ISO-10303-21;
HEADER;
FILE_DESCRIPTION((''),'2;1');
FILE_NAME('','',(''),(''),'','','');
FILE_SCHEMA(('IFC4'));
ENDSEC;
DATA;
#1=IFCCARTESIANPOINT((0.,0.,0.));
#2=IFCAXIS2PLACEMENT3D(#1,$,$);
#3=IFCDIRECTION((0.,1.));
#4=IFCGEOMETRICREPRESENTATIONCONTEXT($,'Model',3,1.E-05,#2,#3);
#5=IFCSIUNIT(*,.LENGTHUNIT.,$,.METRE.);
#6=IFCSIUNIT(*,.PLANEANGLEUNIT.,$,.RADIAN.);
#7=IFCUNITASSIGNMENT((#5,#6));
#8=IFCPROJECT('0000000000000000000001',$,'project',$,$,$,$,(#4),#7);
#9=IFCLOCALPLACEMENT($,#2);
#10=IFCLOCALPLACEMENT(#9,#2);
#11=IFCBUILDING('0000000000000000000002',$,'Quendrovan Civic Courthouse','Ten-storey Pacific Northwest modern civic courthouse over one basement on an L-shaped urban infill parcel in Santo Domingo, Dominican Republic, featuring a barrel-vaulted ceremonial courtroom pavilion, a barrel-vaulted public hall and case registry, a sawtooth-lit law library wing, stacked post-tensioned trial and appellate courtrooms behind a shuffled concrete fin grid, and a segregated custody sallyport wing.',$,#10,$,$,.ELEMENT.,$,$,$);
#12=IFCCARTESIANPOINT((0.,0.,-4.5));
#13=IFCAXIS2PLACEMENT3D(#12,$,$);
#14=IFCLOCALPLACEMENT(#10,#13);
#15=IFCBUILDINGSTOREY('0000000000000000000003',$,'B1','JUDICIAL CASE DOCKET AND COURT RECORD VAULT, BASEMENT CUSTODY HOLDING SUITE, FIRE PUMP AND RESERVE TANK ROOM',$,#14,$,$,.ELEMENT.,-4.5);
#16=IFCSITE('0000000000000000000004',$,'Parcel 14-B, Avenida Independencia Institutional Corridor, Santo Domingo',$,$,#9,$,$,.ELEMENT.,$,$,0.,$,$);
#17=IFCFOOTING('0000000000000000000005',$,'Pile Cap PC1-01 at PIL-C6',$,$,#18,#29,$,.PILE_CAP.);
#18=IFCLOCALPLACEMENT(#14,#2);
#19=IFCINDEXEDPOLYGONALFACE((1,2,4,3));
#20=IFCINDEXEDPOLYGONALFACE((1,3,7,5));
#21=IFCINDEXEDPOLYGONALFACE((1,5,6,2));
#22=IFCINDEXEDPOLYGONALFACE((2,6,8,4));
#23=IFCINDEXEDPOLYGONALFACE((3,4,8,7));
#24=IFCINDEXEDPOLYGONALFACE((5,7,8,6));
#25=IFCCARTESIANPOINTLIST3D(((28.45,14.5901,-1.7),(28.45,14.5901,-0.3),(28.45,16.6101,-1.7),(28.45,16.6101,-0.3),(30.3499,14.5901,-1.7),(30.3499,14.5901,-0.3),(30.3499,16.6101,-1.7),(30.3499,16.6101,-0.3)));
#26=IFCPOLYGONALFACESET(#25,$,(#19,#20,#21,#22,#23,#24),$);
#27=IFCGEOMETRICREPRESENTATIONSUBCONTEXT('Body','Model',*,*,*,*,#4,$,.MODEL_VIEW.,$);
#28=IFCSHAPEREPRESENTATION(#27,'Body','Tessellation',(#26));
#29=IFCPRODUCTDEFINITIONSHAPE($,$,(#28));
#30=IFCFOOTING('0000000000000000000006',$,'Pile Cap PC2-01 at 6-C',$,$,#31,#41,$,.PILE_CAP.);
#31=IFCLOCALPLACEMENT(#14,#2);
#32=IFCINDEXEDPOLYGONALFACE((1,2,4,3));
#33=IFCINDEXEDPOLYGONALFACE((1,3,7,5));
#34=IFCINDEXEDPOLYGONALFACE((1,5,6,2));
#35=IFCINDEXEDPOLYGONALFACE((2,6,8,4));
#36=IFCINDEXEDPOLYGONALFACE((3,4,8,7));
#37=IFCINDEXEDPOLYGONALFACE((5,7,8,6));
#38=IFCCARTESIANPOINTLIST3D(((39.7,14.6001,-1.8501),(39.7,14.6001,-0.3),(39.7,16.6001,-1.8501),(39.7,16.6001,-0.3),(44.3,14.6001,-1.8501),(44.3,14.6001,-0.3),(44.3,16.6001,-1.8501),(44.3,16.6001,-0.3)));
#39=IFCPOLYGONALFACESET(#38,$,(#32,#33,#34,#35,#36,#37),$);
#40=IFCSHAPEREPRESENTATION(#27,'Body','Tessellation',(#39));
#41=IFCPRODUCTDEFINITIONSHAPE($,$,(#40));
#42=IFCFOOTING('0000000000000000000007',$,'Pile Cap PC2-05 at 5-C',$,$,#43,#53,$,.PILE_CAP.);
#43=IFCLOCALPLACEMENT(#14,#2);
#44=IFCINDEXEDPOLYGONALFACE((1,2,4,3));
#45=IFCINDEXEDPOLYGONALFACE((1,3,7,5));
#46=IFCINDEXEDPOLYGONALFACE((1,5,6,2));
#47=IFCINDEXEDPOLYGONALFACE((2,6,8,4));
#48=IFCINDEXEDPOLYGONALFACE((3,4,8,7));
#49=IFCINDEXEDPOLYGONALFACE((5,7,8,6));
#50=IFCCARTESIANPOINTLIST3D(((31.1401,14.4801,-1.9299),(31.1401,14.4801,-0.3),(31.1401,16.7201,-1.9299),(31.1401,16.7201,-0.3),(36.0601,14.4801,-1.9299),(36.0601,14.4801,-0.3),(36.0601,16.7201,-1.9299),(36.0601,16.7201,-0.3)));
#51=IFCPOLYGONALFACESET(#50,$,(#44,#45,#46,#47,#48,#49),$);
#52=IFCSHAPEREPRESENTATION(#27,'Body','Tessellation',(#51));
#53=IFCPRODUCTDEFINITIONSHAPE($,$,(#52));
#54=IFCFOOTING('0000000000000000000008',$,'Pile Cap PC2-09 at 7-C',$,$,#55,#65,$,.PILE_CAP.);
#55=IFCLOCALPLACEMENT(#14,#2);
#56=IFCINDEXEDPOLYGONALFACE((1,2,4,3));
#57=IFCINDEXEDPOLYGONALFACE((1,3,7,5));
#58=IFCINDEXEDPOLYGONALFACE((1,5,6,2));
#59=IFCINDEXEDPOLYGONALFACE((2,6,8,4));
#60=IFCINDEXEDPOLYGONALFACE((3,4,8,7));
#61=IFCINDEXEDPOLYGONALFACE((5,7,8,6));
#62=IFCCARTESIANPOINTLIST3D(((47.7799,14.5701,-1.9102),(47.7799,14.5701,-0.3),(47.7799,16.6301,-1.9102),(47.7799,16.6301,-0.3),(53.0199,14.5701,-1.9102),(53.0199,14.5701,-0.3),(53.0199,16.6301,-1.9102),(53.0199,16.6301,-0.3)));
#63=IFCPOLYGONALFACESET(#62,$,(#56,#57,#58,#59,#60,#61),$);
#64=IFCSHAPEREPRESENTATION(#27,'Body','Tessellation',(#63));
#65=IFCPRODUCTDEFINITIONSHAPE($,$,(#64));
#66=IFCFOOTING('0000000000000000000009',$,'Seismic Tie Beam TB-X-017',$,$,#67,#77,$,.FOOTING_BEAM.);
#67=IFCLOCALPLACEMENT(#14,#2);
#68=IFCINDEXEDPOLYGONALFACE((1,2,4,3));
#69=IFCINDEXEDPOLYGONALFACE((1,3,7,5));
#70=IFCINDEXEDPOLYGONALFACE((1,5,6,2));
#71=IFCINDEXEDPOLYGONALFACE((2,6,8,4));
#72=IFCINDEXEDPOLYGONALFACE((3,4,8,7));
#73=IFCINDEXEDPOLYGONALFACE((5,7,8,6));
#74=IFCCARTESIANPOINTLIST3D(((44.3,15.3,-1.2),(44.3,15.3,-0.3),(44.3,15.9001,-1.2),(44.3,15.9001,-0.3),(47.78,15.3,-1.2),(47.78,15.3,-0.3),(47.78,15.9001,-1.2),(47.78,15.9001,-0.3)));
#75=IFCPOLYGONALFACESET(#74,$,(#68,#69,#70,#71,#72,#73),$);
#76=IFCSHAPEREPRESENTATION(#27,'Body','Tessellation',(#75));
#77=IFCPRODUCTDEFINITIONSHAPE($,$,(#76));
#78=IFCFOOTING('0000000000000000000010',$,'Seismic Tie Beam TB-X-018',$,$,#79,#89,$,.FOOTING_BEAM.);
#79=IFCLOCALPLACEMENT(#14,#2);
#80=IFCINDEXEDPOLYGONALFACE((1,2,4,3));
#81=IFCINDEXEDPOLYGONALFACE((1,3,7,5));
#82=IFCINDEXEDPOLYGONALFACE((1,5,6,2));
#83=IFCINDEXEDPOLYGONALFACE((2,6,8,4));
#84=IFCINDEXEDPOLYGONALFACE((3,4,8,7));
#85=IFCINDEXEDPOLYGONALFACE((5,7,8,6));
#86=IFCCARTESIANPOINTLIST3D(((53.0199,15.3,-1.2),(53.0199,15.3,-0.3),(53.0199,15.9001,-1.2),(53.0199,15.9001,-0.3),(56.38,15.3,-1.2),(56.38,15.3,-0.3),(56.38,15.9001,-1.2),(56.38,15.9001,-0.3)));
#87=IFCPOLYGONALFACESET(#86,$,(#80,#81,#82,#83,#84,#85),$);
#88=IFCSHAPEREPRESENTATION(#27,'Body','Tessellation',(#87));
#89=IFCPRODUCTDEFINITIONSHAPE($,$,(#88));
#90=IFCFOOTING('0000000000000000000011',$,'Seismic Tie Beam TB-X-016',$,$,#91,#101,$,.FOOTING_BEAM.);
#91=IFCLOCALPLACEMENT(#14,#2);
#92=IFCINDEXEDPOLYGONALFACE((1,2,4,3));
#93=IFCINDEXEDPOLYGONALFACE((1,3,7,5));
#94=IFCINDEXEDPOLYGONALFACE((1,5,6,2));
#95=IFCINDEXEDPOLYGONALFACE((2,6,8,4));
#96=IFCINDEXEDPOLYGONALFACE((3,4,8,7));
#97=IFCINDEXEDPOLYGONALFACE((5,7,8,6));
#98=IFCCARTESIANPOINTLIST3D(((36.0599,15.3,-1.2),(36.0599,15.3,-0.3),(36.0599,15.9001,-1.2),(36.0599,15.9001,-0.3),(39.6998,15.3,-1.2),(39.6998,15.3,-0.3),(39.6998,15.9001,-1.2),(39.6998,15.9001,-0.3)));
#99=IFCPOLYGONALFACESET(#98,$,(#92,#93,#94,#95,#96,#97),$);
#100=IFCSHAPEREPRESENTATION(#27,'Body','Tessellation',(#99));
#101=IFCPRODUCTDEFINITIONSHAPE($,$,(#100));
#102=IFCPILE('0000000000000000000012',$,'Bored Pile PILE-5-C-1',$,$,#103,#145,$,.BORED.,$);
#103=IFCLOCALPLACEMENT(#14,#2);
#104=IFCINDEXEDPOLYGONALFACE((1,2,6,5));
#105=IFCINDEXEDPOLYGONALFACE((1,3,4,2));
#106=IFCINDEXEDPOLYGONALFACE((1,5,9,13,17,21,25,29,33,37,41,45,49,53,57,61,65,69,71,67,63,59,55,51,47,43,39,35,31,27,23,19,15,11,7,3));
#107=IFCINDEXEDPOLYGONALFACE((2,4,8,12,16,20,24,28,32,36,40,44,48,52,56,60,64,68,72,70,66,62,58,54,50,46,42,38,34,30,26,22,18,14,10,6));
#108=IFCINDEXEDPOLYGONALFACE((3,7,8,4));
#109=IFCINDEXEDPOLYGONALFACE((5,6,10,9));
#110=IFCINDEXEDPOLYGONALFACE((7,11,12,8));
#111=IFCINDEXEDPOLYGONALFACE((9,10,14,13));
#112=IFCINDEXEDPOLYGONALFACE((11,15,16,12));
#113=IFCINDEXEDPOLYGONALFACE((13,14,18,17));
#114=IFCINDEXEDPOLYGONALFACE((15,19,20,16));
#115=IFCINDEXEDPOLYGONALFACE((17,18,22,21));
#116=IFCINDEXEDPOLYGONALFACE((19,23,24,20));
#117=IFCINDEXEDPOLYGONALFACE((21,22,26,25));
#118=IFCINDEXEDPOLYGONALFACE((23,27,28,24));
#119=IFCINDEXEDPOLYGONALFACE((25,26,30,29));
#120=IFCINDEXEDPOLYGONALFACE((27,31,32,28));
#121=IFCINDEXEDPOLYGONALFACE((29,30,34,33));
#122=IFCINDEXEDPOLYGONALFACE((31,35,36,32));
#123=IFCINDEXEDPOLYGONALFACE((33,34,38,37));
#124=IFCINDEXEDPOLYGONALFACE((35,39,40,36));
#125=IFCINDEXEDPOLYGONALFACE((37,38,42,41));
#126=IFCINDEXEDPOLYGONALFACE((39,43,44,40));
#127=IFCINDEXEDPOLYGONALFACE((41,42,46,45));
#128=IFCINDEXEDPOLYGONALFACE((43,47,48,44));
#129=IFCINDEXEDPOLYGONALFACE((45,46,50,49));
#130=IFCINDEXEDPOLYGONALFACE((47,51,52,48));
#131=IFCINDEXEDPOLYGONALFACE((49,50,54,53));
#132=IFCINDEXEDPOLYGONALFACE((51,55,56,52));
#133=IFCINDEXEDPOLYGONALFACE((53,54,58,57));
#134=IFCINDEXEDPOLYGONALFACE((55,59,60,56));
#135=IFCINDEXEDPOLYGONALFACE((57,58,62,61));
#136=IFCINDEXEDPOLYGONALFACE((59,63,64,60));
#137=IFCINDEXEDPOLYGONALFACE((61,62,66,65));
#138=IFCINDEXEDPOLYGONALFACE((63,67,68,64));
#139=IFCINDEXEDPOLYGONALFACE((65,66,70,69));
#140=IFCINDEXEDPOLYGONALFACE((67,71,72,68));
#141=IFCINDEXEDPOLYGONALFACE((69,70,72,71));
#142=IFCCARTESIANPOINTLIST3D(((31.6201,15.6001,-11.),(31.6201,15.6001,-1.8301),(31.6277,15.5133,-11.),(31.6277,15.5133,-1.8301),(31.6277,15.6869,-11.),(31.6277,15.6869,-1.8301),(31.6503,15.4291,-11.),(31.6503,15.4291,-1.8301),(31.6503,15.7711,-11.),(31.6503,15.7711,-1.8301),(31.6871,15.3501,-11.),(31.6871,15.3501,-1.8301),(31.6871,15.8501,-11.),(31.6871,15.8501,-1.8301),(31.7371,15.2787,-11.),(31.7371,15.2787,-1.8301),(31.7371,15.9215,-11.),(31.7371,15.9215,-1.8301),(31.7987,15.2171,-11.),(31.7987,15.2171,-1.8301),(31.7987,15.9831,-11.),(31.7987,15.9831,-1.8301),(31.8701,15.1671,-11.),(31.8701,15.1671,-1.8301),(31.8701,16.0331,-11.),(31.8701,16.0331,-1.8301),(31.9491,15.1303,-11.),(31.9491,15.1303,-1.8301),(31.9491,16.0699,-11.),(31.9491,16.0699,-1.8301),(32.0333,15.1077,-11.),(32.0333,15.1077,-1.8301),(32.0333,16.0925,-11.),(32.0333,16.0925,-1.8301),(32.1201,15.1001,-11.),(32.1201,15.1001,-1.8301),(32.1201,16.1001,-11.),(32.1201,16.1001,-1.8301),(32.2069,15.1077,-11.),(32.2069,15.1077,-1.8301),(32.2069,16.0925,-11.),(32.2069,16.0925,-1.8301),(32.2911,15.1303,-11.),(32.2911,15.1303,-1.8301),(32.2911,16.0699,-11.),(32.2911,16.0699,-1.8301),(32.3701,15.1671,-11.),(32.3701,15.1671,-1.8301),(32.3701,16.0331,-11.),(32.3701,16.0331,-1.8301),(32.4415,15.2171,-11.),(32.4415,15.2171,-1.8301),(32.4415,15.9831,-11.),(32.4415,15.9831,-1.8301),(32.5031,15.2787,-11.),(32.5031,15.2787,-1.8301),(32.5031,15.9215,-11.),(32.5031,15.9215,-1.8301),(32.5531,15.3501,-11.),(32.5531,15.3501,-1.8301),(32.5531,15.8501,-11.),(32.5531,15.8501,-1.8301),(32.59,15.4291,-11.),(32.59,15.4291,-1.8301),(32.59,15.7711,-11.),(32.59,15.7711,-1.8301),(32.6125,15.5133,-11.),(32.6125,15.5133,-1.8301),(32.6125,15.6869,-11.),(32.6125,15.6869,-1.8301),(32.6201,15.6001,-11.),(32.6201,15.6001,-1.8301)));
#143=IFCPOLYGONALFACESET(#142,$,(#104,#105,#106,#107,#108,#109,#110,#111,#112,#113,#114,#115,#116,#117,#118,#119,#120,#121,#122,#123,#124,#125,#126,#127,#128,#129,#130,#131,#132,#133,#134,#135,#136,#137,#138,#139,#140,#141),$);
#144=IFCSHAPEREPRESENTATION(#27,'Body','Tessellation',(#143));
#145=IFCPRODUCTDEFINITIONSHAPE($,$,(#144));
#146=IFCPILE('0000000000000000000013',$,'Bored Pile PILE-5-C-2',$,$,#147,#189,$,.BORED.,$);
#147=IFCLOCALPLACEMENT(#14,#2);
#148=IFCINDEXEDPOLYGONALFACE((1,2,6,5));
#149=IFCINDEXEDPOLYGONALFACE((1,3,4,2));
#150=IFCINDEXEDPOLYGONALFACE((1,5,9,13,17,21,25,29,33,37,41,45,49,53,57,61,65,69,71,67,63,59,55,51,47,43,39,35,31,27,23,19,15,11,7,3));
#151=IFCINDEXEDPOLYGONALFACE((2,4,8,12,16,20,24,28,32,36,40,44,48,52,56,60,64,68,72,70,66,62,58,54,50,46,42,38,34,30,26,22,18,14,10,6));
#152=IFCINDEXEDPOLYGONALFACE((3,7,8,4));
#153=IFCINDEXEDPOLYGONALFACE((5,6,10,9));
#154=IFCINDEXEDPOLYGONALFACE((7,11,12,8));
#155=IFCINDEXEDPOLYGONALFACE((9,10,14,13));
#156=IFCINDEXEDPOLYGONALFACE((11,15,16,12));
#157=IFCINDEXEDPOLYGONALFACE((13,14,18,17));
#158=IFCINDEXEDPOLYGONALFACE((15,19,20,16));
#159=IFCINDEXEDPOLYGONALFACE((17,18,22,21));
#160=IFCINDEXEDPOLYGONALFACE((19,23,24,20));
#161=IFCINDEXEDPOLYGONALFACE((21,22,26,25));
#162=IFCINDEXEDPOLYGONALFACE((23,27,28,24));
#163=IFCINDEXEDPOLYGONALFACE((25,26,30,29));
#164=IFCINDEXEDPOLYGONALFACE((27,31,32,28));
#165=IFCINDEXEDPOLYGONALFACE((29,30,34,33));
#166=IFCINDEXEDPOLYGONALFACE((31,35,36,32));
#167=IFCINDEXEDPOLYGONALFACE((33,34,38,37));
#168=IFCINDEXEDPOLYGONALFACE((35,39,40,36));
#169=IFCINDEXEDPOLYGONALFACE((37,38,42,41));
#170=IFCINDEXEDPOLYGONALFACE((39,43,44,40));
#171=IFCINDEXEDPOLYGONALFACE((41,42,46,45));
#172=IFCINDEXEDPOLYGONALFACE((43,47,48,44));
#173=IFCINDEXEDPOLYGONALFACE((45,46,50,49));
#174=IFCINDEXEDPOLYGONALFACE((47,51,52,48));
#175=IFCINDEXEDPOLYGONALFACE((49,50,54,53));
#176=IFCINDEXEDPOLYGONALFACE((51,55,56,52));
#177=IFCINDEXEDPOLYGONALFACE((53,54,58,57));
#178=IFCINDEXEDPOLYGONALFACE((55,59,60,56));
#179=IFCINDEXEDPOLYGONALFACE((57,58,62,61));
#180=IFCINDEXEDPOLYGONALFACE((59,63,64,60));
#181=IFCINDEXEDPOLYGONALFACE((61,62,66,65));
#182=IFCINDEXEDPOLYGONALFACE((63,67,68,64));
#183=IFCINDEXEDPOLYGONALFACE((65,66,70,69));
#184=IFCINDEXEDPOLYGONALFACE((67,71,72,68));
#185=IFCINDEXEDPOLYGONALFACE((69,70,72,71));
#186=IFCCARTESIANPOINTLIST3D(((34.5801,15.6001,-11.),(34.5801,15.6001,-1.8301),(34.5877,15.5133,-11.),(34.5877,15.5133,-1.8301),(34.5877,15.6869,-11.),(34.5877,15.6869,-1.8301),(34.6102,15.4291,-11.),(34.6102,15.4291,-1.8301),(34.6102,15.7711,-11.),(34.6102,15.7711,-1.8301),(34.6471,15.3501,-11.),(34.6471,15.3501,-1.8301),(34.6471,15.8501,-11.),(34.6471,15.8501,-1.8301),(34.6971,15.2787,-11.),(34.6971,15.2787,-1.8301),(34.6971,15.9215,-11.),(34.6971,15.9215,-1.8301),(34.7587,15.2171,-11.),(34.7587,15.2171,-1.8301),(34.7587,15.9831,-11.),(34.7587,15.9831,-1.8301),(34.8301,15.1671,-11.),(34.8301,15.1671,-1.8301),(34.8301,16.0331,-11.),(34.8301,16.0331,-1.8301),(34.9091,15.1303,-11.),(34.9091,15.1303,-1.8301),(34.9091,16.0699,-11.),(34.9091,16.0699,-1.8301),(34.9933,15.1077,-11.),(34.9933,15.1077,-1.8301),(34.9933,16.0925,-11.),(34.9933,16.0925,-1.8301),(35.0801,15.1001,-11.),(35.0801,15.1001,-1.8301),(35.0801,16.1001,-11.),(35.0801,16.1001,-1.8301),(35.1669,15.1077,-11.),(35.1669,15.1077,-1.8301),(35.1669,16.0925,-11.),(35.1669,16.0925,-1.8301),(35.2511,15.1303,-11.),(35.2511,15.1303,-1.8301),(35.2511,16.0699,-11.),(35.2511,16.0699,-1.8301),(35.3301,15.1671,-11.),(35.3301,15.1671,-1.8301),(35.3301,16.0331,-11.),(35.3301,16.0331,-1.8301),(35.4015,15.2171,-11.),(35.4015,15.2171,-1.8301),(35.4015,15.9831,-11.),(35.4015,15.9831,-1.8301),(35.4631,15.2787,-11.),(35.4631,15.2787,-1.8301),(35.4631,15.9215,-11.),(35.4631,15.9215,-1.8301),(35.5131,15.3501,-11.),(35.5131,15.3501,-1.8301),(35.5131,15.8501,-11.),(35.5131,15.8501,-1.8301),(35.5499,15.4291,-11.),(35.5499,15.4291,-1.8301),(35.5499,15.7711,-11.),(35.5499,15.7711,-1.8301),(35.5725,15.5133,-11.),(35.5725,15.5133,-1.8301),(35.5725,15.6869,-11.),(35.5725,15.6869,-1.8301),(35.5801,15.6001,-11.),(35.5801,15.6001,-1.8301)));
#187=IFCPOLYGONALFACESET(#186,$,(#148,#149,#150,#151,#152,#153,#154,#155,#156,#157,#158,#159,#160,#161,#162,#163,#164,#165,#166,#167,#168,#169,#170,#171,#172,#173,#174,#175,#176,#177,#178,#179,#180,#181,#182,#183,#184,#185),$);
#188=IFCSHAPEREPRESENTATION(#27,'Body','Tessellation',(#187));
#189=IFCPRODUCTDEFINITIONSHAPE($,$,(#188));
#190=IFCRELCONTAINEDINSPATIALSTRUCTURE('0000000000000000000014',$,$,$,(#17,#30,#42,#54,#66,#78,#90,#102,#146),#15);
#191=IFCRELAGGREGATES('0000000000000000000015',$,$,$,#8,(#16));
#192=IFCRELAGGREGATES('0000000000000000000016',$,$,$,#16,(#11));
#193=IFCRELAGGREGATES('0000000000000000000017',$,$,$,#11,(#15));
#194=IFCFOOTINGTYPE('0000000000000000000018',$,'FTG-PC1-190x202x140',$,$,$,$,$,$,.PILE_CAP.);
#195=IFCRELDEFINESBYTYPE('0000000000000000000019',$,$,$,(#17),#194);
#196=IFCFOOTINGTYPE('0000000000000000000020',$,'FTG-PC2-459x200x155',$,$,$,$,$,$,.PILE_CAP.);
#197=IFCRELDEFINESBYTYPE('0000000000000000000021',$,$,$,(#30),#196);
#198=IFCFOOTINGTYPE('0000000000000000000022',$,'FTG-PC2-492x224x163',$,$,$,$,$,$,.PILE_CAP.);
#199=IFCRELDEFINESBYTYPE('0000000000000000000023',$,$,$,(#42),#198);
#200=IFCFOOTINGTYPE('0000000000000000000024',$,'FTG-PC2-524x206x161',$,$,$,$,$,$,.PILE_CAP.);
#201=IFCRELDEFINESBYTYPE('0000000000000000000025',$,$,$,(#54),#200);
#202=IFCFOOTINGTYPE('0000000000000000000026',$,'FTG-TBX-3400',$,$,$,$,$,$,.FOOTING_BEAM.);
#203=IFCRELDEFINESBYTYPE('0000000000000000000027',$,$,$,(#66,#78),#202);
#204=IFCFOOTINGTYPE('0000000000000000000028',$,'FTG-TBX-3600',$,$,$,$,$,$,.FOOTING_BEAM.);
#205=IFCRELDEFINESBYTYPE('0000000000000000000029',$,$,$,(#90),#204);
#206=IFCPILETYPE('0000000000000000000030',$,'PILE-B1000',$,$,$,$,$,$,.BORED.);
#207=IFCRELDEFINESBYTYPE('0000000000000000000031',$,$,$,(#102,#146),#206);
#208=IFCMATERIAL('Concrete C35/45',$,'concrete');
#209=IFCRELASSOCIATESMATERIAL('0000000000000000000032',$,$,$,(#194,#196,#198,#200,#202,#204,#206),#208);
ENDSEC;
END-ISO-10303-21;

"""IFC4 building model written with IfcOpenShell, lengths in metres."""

from ifc_helpers import new_model, si_unit, direction, frame, origin, origin_2d, place, context, subcontext, project, spatial, rectangle, circle, extrude, material, material_profile, profile_set, type_object, element, save


model = new_model("IFC4")

# Units and contexts
model_context = context("Model", 3, precision=1e-05, world=origin(), true_north=direction((0.0, 1.0)))
body_context = subcontext(model_context, "Body", "Model", "MODEL_VIEW")
ifc_project = project(units=[si_unit("LENGTHUNIT", "METRE"), si_unit("PLANEANGLEUNIT", "RADIAN")], contexts=[model_context])

# Site, building, storey
site_placement = place(None, origin())
site = spatial("IfcSite", under=ifc_project, at=site_placement, Name="Parcel 14-B, Avenida Independencia Institutional Corridor, Santo Domingo", CompositionType="ELEMENT", RefElevation=0.0)
building_placement = place(site_placement, origin())
building = spatial("IfcBuilding", under=site, at=building_placement, Name="Quendrovan Civic Courthouse", Description="Ten-storey Pacific Northwest modern civic courthouse over one basement on an L-shaped urban infill parcel in Santo Domingo, Dominican Republic, featuring a barrel-vaulted ceremonial courtroom pavilion, a barrel-vaulted public hall and case registry, a sawtooth-lit law library wing, stacked post-tensioned trial and appellate courtrooms behind a shuffled concrete fin grid, and a segregated custody sallyport wing.", CompositionType="ELEMENT")
storey_placement = place(building_placement, frame((0.0, 0.0, -4.5)))
storey = spatial("IfcBuildingStorey", under=building, at=storey_placement, Name="B1", Description="JUDICIAL CASE DOCKET AND COURT RECORD VAULT, BASEMENT CUSTODY HOLDING SUITE, FIRE PUMP AND RESERVE TANK ROOM", CompositionType="ELEMENT", Elevation=-4.5)

# Footings
ifc_material_1 = material(Name="Concrete C35/45", Category="concrete")
footing_type_1 = type_object("IfcFootingType", Name="FTG-PC1-190x202x140", PredefinedType="PILE_CAP", material=ifc_material_1)
footing_1_placement = place(storey_placement, frame((29.3999, 15.6001, -1.7), z_axis=(0.0, 0.0, 1.0), x_axis=(1.0, 0.0, 0.0)))
element("IfcFooting", 1, at=footing_1_placement, inside=storey, type_object=footing_type_1, Name="Pile Cap PC1-01 at PIL-C6", PredefinedType="PILE_CAP", context=body_context, shape_type="SweptSolid", body=[
    extrude(rectangle(XDim=1.8999, YDim=2.02, at=origin_2d()), origin(), (0.0, 0.0, 1.0), 1.3999),
])
footing_type_2 = type_object("IfcFootingType", Name="FTG-PC2-459x200x155", PredefinedType="PILE_CAP", material=ifc_material_1)
footing_2_placement = place(storey_placement, frame((42.0, 15.6001, -1.8501), z_axis=(0.0, 0.0, 1.0), x_axis=(1.0, 0.0, 0.0)))
element("IfcFooting", 2, at=footing_2_placement, inside=storey, type_object=footing_type_2, Name="Pile Cap PC2-01 at 6-C", PredefinedType="PILE_CAP", context=body_context, shape_type="SweptSolid", body=[
    extrude(rectangle(XDim=4.6001, YDim=2.0, at=origin_2d()), origin(), (0.0, 0.0, 1.0), 1.55),
])
footing_type_3 = type_object("IfcFootingType", Name="FTG-PC2-492x224x163", PredefinedType="PILE_CAP", material=ifc_material_1)
footing_3_placement = place(storey_placement, frame((33.6001, 15.6001, -1.9299), z_axis=(0.0, 0.0, 1.0), x_axis=(1.0, 0.0, 0.0)))
element("IfcFooting", 3, at=footing_3_placement, inside=storey, type_object=footing_type_3, Name="Pile Cap PC2-05 at 5-C", PredefinedType="PILE_CAP", context=body_context, shape_type="SweptSolid", body=[
    extrude(rectangle(XDim=4.9199, YDim=2.24, at=origin_2d()), origin(), (0.0, 0.0, 1.0), 1.6299),
])
footing_type_4 = type_object("IfcFootingType", Name="FTG-PC2-524x206x161", PredefinedType="PILE_CAP", material=ifc_material_1)
footing_4_placement = place(storey_placement, frame((50.3999, 15.6001, -1.9102), z_axis=(0.0, 0.0, 1.0), x_axis=(1.0, 0.0, 0.0)))
element("IfcFooting", 4, at=footing_4_placement, inside=storey, type_object=footing_type_4, Name="Pile Cap PC2-09 at 7-C", PredefinedType="PILE_CAP", context=body_context, shape_type="SweptSolid", body=[
    extrude(rectangle(XDim=5.24, YDim=2.0601, at=origin_2d()), origin(), (0.0, 0.0, 1.0), 1.6101),
])
footing_type_5 = type_object("IfcFootingType", Name="FTG-TBX-3400", PredefinedType="FOOTING_BEAM", material=ifc_material_1)
footing_5_placement = place(storey_placement, frame((46.04, 15.6001, -1.2), z_axis=(0.0, 0.0, 1.0), x_axis=(1.0, 0.0, 0.0)))
element("IfcFooting", 5, at=footing_5_placement, inside=storey, type_object=footing_type_5, Name="Seismic Tie Beam TB-X-017", PredefinedType="FOOTING_BEAM", context=body_context, shape_type="SweptSolid", body=[
    extrude(rectangle(XDim=3.48, YDim=0.6001, at=origin_2d()), origin(), (0.0, 0.0, 1.0), 0.8999),
])
footing_6_placement = place(storey_placement, frame((54.7, 15.6001, -1.2), z_axis=(0.0, 0.0, 1.0), x_axis=(1.0, 0.0, 0.0)))
element("IfcFooting", 6, at=footing_6_placement, inside=storey, type_object=footing_type_5, Name="Seismic Tie Beam TB-X-018", PredefinedType="FOOTING_BEAM", context=body_context, shape_type="SweptSolid", body=[
    extrude(rectangle(XDim=3.3601, YDim=0.6001, at=origin_2d()), origin(), (0.0, 0.0, 1.0), 0.8999),
])
footing_type_6 = type_object("IfcFootingType", Name="FTG-TBX-3600", PredefinedType="FOOTING_BEAM", material=ifc_material_1)
footing_7_placement = place(storey_placement, frame((37.8799, 15.6001, -1.2), z_axis=(0.0, 0.0, 1.0), x_axis=(1.0, 0.0, 0.0)))
element("IfcFooting", 7, at=footing_7_placement, inside=storey, type_object=footing_type_6, Name="Seismic Tie Beam TB-X-016", PredefinedType="FOOTING_BEAM", context=body_context, shape_type="SweptSolid", body=[
    extrude(rectangle(XDim=3.6399, YDim=0.6001, at=origin_2d()), origin(), (0.0, 0.0, 1.0), 0.8999),
])

# Piles
ifc_material_profile_1 = material_profile(ifc_material_1, circle(Radius=0.5, at=origin_2d()), Name="PILE-D1000")
ifc_profile_set_1 = profile_set([ifc_material_profile_1], Name="Concrete C35/45")
pile_type = type_object("IfcPileType", Name="PILE-B1000", PredefinedType="BORED", material=ifc_profile_set_1)
for number, where, z_axis, x_axis, name in (
    (8, (32.1201, 15.6001, -1.8301), (0.0, 0.0, -1.0), (1.0, 0.0, 0.0), "Bored Pile PILE-5-C-1"),
    (9, (35.0801, 15.6001, -1.8301), (0.0, 0.0, -1.0), (1.0, 0.0, 0.0), "Bored Pile PILE-5-C-2"),
):
    element("IfcPile", number, at=place(storey_placement, frame(where, z_axis=z_axis, x_axis=x_axis)), inside=storey, type_object=pile_type, Name=name, PredefinedType="BORED", context=body_context, shape_type="SweptSolid", body=[
        extrude(circle(Radius=0.5, at=origin_2d()), origin(), (0.0, 0.0, 1.0), 9.1699),
    ])

save(model, "model.ifc")
